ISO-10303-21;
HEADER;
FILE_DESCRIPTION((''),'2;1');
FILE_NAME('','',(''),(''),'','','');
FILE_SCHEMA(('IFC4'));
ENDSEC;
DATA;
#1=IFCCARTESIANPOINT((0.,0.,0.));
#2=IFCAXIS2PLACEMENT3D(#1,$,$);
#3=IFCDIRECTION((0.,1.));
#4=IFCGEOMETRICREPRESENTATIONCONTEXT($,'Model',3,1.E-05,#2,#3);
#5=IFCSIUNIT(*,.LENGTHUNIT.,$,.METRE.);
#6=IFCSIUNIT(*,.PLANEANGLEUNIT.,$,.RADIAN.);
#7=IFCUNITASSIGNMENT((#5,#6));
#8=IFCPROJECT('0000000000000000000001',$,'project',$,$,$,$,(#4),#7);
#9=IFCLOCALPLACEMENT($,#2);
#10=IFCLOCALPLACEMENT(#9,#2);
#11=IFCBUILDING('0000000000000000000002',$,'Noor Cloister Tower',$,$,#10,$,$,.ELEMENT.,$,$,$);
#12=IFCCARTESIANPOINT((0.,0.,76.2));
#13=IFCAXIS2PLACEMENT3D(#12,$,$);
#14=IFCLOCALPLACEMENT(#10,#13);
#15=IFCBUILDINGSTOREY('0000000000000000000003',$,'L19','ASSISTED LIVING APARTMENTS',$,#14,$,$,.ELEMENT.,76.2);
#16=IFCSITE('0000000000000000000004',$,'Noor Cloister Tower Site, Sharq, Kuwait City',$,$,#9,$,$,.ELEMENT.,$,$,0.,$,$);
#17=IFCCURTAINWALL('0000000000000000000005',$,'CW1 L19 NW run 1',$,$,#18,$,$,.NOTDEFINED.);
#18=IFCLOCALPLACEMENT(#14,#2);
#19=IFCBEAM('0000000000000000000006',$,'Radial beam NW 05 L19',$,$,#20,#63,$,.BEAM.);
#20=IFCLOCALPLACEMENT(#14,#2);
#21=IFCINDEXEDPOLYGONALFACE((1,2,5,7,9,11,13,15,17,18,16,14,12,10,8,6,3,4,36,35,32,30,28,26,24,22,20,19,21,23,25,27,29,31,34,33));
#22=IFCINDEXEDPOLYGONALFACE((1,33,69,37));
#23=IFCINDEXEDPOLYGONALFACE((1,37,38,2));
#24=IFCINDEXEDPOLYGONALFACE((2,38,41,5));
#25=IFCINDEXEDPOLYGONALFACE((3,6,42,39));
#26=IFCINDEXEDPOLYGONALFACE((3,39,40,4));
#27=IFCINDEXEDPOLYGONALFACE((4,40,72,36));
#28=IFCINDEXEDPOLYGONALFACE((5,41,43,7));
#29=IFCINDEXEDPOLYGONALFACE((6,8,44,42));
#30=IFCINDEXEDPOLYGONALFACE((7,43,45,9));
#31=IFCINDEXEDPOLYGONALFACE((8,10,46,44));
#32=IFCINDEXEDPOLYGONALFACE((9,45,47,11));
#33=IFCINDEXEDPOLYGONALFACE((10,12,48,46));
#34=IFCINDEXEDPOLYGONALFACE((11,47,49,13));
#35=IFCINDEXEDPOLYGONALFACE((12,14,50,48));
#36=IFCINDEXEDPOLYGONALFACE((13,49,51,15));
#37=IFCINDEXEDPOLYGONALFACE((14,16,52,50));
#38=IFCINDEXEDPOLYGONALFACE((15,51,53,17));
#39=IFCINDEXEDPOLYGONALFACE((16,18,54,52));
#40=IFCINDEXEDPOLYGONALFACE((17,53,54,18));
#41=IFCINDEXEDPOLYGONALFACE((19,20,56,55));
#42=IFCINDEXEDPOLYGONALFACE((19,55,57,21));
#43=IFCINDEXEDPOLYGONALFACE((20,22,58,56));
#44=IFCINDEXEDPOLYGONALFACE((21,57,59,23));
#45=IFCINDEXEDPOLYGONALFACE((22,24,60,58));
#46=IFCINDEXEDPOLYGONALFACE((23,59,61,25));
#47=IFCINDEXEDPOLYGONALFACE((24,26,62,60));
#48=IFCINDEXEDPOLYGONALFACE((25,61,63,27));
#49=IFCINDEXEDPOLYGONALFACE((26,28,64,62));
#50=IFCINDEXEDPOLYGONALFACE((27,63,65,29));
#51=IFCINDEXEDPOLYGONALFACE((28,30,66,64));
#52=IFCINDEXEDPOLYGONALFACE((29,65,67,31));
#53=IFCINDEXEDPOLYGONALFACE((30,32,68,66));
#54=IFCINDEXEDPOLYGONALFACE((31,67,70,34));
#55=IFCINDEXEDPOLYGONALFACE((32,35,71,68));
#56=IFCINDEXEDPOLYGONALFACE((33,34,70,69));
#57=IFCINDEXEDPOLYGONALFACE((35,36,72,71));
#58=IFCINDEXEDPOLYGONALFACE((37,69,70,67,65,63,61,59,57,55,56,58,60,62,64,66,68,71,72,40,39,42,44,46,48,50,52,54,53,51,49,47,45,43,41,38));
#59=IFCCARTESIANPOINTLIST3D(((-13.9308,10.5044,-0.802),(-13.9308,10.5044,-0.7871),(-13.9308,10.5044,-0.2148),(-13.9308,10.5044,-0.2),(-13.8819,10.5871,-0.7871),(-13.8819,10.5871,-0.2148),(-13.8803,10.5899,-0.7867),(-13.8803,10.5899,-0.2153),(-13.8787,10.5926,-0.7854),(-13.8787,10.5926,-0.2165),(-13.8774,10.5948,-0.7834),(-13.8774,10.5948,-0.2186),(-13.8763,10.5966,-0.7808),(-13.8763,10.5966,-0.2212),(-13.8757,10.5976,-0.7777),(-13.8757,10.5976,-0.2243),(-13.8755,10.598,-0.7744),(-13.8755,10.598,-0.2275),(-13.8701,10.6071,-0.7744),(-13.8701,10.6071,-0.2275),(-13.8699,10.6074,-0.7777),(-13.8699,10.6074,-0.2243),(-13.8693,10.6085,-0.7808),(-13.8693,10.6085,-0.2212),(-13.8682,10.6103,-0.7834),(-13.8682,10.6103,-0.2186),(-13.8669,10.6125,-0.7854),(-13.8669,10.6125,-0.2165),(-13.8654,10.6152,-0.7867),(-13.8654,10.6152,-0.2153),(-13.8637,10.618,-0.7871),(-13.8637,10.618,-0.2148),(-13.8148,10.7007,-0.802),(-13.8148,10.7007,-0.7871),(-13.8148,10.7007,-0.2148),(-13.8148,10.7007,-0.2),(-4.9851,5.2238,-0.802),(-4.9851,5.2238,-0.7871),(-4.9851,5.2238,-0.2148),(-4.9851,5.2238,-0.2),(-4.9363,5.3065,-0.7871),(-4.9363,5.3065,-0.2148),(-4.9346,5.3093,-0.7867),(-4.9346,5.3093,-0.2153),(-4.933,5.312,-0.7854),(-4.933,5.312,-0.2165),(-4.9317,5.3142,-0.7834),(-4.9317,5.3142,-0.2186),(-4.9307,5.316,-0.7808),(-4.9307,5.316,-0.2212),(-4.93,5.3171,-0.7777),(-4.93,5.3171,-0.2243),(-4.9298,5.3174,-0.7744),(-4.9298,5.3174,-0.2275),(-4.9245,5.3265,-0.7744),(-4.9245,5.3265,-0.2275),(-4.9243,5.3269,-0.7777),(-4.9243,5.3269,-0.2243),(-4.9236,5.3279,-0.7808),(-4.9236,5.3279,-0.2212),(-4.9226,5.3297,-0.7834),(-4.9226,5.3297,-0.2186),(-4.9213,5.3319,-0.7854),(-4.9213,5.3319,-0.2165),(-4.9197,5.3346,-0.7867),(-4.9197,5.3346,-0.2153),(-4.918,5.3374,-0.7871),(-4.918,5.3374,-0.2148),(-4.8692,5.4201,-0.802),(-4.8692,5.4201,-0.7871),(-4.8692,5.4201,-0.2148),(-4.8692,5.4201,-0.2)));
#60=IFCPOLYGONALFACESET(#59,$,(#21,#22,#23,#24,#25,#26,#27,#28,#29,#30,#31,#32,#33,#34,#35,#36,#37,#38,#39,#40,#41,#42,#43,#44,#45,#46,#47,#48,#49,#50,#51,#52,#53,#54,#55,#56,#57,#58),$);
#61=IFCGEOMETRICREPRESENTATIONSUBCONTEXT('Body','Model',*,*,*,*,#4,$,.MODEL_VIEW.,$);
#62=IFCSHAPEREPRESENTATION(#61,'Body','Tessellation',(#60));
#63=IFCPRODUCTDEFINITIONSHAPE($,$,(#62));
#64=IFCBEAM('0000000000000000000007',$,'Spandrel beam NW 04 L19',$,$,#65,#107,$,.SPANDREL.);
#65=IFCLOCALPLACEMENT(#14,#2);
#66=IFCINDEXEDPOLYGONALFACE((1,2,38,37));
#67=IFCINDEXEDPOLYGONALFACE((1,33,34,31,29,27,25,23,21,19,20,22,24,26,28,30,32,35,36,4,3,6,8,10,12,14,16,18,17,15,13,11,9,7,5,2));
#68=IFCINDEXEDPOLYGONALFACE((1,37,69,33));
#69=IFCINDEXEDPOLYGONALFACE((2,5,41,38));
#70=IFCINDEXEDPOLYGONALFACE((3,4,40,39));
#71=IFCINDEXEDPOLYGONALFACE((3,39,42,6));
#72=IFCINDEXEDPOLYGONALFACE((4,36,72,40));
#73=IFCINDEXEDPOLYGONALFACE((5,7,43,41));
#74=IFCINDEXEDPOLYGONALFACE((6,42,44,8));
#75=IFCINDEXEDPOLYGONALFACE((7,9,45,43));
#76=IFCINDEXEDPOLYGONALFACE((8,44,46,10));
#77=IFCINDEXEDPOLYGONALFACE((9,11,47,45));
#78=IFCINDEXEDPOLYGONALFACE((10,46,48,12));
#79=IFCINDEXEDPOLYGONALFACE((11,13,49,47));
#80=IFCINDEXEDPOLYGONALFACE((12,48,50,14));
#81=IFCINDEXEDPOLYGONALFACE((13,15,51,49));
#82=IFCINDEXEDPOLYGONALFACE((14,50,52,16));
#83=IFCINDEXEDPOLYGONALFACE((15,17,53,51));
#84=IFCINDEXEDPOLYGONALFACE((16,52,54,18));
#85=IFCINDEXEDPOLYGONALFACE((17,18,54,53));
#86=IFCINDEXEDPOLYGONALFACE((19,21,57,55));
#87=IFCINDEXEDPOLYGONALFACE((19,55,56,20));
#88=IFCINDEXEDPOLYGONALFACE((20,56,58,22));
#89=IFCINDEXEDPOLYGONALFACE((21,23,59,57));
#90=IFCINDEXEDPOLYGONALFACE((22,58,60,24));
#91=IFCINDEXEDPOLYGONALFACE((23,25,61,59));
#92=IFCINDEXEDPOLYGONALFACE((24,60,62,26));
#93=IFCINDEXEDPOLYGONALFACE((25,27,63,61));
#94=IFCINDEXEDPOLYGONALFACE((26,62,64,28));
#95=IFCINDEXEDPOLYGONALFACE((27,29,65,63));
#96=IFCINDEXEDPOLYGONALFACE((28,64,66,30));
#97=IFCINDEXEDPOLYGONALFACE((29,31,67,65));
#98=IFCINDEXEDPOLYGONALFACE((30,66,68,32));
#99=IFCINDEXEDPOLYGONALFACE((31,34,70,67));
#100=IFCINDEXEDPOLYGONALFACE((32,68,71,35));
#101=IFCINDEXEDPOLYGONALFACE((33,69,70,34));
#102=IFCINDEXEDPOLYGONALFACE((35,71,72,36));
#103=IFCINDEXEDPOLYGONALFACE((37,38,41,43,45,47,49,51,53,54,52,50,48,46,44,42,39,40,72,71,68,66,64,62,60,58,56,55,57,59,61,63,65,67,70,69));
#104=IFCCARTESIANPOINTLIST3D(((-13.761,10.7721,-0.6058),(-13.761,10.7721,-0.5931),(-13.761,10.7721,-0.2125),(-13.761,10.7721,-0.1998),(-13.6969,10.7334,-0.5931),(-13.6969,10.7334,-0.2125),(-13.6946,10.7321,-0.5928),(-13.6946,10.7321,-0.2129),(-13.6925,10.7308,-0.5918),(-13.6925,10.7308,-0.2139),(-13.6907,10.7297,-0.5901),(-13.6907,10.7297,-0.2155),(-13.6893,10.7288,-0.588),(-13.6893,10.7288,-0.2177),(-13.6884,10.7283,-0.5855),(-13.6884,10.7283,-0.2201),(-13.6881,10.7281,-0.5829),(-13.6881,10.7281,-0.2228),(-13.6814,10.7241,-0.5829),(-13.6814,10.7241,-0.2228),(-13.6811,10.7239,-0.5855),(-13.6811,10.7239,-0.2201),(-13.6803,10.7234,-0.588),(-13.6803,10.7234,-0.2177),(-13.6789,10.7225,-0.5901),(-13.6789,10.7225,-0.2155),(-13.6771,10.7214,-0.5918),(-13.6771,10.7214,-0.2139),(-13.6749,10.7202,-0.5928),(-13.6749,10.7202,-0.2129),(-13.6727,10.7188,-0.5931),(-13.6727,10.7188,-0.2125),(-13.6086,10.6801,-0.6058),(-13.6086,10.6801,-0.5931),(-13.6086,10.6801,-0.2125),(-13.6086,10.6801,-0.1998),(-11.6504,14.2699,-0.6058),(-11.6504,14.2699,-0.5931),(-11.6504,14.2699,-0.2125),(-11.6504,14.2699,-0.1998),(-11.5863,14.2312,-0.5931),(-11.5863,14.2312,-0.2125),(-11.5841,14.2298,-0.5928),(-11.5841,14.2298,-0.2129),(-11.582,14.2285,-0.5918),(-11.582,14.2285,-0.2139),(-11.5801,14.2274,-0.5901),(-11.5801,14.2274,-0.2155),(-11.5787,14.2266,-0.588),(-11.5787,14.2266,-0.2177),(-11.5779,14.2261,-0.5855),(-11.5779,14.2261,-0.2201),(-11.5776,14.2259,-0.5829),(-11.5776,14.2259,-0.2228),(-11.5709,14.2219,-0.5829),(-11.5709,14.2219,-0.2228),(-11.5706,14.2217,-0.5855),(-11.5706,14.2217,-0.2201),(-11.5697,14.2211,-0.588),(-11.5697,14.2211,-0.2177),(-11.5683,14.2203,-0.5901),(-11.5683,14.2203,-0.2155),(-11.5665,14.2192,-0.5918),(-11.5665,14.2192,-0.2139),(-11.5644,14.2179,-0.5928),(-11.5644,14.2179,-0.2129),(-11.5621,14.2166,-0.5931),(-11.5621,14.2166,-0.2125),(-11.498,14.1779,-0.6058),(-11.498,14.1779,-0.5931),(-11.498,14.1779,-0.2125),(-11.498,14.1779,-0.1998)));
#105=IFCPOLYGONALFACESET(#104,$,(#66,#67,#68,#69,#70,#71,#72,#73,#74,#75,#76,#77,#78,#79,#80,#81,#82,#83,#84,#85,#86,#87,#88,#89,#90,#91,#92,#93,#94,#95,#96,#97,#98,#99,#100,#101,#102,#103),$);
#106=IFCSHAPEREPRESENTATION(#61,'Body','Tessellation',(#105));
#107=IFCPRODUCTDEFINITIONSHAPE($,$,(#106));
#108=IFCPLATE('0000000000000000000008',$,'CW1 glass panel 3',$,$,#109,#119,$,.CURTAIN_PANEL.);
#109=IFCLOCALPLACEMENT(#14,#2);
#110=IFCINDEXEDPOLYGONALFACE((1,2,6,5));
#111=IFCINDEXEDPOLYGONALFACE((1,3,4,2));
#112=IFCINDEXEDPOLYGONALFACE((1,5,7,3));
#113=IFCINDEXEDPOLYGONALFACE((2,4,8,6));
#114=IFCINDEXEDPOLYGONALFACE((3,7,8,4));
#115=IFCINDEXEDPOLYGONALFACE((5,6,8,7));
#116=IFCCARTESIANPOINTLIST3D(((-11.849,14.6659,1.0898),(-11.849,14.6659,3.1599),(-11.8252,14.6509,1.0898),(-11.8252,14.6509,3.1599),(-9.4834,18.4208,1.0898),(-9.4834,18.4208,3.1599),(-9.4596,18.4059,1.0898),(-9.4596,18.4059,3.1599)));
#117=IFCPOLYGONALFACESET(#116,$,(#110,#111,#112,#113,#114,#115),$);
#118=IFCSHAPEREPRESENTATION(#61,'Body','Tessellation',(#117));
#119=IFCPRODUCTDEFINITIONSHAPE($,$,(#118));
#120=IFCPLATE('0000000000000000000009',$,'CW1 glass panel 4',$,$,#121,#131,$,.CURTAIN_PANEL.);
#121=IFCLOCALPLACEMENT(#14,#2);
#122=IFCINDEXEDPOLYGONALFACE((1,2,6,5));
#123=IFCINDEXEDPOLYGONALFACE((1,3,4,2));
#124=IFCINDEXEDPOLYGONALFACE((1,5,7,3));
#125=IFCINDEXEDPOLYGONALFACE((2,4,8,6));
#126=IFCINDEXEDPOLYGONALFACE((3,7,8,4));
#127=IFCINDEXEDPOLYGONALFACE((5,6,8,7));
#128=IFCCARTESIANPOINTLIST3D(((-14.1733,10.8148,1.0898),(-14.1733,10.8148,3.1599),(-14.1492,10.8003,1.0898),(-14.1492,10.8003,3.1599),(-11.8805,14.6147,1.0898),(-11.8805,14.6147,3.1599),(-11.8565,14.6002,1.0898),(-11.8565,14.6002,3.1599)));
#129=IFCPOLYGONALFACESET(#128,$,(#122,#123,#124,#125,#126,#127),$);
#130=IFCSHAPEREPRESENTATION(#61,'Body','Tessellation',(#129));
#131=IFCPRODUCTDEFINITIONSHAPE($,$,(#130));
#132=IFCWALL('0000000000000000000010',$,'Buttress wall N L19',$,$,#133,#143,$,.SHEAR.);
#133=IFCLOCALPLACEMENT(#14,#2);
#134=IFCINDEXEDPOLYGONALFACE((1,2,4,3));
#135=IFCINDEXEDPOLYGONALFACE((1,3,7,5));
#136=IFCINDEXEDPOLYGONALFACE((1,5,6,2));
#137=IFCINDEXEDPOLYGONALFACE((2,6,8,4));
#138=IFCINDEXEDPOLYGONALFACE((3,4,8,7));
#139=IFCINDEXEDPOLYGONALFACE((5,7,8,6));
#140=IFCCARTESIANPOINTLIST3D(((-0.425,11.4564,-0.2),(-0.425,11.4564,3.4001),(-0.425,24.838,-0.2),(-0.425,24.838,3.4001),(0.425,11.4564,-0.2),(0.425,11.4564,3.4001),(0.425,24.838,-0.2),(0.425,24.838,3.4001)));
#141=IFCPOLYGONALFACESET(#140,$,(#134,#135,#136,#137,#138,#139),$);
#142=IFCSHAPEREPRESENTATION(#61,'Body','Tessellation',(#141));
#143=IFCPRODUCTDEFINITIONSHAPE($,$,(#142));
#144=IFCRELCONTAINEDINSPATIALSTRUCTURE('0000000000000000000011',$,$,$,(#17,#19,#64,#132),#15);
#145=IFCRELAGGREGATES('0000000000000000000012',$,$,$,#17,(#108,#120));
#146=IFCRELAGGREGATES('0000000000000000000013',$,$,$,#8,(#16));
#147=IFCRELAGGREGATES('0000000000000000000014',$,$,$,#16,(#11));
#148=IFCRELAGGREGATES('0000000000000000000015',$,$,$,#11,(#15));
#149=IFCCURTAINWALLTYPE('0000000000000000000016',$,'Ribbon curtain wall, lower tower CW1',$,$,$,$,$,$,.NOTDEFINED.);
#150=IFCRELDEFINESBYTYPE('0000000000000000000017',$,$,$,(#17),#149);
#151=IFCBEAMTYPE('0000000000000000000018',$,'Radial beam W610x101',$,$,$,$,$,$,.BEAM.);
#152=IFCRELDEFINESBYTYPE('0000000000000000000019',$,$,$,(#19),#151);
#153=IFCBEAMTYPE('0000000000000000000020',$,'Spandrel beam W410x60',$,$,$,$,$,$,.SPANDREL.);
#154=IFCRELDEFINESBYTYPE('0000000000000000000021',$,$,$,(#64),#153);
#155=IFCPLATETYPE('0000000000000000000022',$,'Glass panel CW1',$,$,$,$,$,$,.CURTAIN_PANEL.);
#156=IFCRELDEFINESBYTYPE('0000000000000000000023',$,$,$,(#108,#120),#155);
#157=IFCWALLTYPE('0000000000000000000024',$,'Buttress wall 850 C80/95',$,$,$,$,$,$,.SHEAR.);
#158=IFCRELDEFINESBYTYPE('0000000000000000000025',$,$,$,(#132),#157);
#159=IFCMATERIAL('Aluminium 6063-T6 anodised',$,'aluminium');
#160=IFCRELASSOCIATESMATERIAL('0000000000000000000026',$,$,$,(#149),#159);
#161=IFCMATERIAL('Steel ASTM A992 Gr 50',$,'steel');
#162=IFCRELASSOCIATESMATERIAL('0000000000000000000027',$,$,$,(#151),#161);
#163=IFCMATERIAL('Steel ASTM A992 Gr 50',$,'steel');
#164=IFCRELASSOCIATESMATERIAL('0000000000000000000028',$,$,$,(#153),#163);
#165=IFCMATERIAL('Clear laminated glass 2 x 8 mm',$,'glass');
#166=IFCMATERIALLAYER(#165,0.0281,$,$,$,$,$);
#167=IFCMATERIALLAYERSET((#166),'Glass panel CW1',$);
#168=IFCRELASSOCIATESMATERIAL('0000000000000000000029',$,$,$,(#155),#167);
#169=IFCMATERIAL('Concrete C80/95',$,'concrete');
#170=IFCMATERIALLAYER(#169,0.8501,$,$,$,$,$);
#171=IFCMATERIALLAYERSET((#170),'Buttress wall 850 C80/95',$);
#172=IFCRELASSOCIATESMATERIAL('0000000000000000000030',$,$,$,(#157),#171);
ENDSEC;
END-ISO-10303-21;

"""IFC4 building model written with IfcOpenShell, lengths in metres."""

from ifc_helpers import new_model, si_unit, direction, frame, frame_2d, origin, origin_2d, place, context, subcontext, project, spatial, rectangle, i_section, extrude, material, layer, layer_set, material_profile, profile_set, type_object, element, aggregate, save


model = new_model("IFC4")

# Units and contexts
model_context = context("Model", 3, precision=1e-05, world=origin(), true_north=direction((0.0, 1.0)))
body_context = subcontext(model_context, "Body", "Model", "MODEL_VIEW")
ifc_project = project(units=[si_unit("LENGTHUNIT", "METRE"), si_unit("PLANEANGLEUNIT", "RADIAN")], contexts=[model_context])

# Site, building, storey
site_placement = place(None, origin())
site = spatial("IfcSite", under=ifc_project, at=site_placement, Name="Noor Cloister Tower Site, Sharq, Kuwait City", CompositionType="ELEMENT", RefElevation=0.0)
building_placement = place(site_placement, origin())
building = spatial("IfcBuilding", under=site, at=building_placement, Name="Noor Cloister Tower", CompositionType="ELEMENT")
storey_placement = place(building_placement, frame((0.0, 0.0, 76.2)))
storey = spatial("IfcBuildingStorey", under=building, at=storey_placement, Name="L19", Description="ASSISTED LIVING APARTMENTS", CompositionType="ELEMENT", Elevation=76.2)

# Curtain wall
ifc_material_1 = material(Name="Aluminium 6063-T6 anodised", Category="aluminium")
curtain_wall_type = type_object("IfcCurtainWallType", Name="Ribbon curtain wall, lower tower CW1", PredefinedType="NOTDEFINED", material=ifc_material_1)
curtain_wall_placement = place(storey_placement, origin())
curtain_wall = element("IfcCurtainWall", 1, at=curtain_wall_placement, inside=storey, type_object=curtain_wall_type, Name="CW1 L19 NW run 1", PredefinedType="NOTDEFINED")

# Beams
ifc_material_2 = material(Name="Steel ASTM A992 Gr 50", Category="steel")
ifc_material_profile_1 = material_profile(ifc_material_2, i_section(OverallWidth=0.228, OverallDepth=0.6021, WebThickness=0.0105, FlangeThickness=0.0149, FilletRadius=0.0127, at=origin_2d()), Name="W610x101")
ifc_profile_set_1 = profile_set([ifc_material_profile_1], Name="Steel ASTM A992 Gr 50")
beam_type_1 = type_object("IfcBeamType", Name="Radial beam W610x101", PredefinedType="BEAM", material=ifc_profile_set_1)
beam_1_placement = place(storey_placement, frame((-13.8728, 10.6025, -0.501), z_axis=(0.861158, -0.508337, 0.0), x_axis=(0.508337, 0.861158, 0.0)))
element("IfcBeam", 2, at=beam_1_placement, inside=storey, type_object=beam_type_1, Name="Radial beam NW 05 L19", PredefinedType="BEAM", context=body_context, shape_type="SweptSolid", body=[
    extrude(i_section(OverallWidth=0.228, OverallDepth=0.6021, WebThickness=0.0105, FlangeThickness=0.0149, FilletRadius=0.0127, at=origin_2d()), origin(), (0.0, 0.0, 1.0), 10.3879),
])
ifc_material_3 = material(Name="Steel ASTM A992 Gr 50", Category="steel")
ifc_material_profile_2 = material_profile(ifc_material_3, i_section(OverallWidth=0.178, OverallDepth=0.406, WebThickness=0.0078, FlangeThickness=0.0127, FilletRadius=0.0103, at=origin_2d()), Name="W410x60")
ifc_profile_set_2 = profile_set([ifc_material_profile_2], Name="Steel ASTM A992 Gr 50")
beam_type_2 = type_object("IfcBeamType", Name="Spandrel beam W410x60", PredefinedType="SPANDREL", material=ifc_profile_set_2)
beam_2_placement = place(storey_placement, frame((-11.5742, 14.2239, -0.4028), z_axis=(-0.516639, -0.856204, 0.0), x_axis=(0.856204, -0.516639, 0.0)))
element("IfcBeam", 3, at=beam_2_placement, inside=storey, type_object=beam_type_2, Name="Spandrel beam NW 04 L19", PredefinedType="SPANDREL", context=body_context, shape_type="SweptSolid", body=[
    extrude(i_section(OverallWidth=0.178, OverallDepth=0.406, WebThickness=0.0078, FlangeThickness=0.0127, FilletRadius=0.0103, at=origin_2d()), origin(), (0.0, 0.0, 1.0), 4.0852),
])

# Plates
ifc_material_4 = material(Name="Clear laminated glass 2 x 8 mm", Category="glass")
ifc_layer_1 = layer(ifc_material_4, 0.0281)
ifc_layer_set_1 = layer_set([ifc_layer_1], Name="Glass panel CW1")
plate_type = type_object("IfcPlateType", Name="Glass panel CW1", PredefinedType="CURTAIN_PANEL", material=ifc_layer_set_1)
plate_1_placement = place(storey_placement, frame((-10.6543, 16.5359, 1.0898), z_axis=(0.0, 0.0, 1.0), x_axis=(-0.533035, -0.846093, 0.0)))
plate_1 = element("IfcPlate", 4, at=plate_1_placement, type_object=plate_type, Name="CW1 glass panel 3", PredefinedType="CURTAIN_PANEL", context=body_context, shape_type="SweptSolid", body=[
    extrude(rectangle(XDim=4.438, YDim=0.0281, at=origin_2d()), origin(), (0.0, 0.0, 1.0), 2.0701),
])
plate_2_placement = place(storey_placement, frame((-13.0149, 12.7075, 1.0898), z_axis=(0.0, 0.0, 1.0), x_axis=(-0.516614, -0.856219, 0.0)))
plate_2 = element("IfcPlate", 5, at=plate_2_placement, type_object=plate_type, Name="CW1 glass panel 4", PredefinedType="CURTAIN_PANEL", context=body_context, shape_type="SweptSolid", body=[
    extrude(rectangle(XDim=4.438, YDim=0.0281, at=origin_2d()), origin(), (0.0, 0.0, 1.0), 2.0701),
])
aggregate(curtain_wall, [plate_1, plate_2])

# Wall
ifc_material_5 = material(Name="Concrete C80/95", Category="concrete")
ifc_layer_2 = layer(ifc_material_5, 0.8501)
ifc_layer_set_2 = layer_set([ifc_layer_2], Name="Buttress wall 850 C80/95")
wall_type_1 = type_object("IfcWallType", Name="Buttress wall 850 C80/95", PredefinedType="SHEAR", material=ifc_layer_set_2)
wall_1_placement = place(storey_placement, frame((0.0, 11.4563, -0.2), z_axis=(0.0, 0.0, 1.0), x_axis=(0.0, 1.0, 0.0)))
element("IfcWall", 6, at=wall_1_placement, inside=storey, type_object=wall_type_1, Name="Buttress wall N L19", PredefinedType="SHEAR", context=body_context, shape_type="SweptSolid", body=[
    extrude(rectangle(XDim=13.3816, YDim=0.8501, at=frame_2d((6.6909, 0.0))), origin(), (0.0, 0.0, 1.0), 3.6001),
])

save(model, "model.ifc")
